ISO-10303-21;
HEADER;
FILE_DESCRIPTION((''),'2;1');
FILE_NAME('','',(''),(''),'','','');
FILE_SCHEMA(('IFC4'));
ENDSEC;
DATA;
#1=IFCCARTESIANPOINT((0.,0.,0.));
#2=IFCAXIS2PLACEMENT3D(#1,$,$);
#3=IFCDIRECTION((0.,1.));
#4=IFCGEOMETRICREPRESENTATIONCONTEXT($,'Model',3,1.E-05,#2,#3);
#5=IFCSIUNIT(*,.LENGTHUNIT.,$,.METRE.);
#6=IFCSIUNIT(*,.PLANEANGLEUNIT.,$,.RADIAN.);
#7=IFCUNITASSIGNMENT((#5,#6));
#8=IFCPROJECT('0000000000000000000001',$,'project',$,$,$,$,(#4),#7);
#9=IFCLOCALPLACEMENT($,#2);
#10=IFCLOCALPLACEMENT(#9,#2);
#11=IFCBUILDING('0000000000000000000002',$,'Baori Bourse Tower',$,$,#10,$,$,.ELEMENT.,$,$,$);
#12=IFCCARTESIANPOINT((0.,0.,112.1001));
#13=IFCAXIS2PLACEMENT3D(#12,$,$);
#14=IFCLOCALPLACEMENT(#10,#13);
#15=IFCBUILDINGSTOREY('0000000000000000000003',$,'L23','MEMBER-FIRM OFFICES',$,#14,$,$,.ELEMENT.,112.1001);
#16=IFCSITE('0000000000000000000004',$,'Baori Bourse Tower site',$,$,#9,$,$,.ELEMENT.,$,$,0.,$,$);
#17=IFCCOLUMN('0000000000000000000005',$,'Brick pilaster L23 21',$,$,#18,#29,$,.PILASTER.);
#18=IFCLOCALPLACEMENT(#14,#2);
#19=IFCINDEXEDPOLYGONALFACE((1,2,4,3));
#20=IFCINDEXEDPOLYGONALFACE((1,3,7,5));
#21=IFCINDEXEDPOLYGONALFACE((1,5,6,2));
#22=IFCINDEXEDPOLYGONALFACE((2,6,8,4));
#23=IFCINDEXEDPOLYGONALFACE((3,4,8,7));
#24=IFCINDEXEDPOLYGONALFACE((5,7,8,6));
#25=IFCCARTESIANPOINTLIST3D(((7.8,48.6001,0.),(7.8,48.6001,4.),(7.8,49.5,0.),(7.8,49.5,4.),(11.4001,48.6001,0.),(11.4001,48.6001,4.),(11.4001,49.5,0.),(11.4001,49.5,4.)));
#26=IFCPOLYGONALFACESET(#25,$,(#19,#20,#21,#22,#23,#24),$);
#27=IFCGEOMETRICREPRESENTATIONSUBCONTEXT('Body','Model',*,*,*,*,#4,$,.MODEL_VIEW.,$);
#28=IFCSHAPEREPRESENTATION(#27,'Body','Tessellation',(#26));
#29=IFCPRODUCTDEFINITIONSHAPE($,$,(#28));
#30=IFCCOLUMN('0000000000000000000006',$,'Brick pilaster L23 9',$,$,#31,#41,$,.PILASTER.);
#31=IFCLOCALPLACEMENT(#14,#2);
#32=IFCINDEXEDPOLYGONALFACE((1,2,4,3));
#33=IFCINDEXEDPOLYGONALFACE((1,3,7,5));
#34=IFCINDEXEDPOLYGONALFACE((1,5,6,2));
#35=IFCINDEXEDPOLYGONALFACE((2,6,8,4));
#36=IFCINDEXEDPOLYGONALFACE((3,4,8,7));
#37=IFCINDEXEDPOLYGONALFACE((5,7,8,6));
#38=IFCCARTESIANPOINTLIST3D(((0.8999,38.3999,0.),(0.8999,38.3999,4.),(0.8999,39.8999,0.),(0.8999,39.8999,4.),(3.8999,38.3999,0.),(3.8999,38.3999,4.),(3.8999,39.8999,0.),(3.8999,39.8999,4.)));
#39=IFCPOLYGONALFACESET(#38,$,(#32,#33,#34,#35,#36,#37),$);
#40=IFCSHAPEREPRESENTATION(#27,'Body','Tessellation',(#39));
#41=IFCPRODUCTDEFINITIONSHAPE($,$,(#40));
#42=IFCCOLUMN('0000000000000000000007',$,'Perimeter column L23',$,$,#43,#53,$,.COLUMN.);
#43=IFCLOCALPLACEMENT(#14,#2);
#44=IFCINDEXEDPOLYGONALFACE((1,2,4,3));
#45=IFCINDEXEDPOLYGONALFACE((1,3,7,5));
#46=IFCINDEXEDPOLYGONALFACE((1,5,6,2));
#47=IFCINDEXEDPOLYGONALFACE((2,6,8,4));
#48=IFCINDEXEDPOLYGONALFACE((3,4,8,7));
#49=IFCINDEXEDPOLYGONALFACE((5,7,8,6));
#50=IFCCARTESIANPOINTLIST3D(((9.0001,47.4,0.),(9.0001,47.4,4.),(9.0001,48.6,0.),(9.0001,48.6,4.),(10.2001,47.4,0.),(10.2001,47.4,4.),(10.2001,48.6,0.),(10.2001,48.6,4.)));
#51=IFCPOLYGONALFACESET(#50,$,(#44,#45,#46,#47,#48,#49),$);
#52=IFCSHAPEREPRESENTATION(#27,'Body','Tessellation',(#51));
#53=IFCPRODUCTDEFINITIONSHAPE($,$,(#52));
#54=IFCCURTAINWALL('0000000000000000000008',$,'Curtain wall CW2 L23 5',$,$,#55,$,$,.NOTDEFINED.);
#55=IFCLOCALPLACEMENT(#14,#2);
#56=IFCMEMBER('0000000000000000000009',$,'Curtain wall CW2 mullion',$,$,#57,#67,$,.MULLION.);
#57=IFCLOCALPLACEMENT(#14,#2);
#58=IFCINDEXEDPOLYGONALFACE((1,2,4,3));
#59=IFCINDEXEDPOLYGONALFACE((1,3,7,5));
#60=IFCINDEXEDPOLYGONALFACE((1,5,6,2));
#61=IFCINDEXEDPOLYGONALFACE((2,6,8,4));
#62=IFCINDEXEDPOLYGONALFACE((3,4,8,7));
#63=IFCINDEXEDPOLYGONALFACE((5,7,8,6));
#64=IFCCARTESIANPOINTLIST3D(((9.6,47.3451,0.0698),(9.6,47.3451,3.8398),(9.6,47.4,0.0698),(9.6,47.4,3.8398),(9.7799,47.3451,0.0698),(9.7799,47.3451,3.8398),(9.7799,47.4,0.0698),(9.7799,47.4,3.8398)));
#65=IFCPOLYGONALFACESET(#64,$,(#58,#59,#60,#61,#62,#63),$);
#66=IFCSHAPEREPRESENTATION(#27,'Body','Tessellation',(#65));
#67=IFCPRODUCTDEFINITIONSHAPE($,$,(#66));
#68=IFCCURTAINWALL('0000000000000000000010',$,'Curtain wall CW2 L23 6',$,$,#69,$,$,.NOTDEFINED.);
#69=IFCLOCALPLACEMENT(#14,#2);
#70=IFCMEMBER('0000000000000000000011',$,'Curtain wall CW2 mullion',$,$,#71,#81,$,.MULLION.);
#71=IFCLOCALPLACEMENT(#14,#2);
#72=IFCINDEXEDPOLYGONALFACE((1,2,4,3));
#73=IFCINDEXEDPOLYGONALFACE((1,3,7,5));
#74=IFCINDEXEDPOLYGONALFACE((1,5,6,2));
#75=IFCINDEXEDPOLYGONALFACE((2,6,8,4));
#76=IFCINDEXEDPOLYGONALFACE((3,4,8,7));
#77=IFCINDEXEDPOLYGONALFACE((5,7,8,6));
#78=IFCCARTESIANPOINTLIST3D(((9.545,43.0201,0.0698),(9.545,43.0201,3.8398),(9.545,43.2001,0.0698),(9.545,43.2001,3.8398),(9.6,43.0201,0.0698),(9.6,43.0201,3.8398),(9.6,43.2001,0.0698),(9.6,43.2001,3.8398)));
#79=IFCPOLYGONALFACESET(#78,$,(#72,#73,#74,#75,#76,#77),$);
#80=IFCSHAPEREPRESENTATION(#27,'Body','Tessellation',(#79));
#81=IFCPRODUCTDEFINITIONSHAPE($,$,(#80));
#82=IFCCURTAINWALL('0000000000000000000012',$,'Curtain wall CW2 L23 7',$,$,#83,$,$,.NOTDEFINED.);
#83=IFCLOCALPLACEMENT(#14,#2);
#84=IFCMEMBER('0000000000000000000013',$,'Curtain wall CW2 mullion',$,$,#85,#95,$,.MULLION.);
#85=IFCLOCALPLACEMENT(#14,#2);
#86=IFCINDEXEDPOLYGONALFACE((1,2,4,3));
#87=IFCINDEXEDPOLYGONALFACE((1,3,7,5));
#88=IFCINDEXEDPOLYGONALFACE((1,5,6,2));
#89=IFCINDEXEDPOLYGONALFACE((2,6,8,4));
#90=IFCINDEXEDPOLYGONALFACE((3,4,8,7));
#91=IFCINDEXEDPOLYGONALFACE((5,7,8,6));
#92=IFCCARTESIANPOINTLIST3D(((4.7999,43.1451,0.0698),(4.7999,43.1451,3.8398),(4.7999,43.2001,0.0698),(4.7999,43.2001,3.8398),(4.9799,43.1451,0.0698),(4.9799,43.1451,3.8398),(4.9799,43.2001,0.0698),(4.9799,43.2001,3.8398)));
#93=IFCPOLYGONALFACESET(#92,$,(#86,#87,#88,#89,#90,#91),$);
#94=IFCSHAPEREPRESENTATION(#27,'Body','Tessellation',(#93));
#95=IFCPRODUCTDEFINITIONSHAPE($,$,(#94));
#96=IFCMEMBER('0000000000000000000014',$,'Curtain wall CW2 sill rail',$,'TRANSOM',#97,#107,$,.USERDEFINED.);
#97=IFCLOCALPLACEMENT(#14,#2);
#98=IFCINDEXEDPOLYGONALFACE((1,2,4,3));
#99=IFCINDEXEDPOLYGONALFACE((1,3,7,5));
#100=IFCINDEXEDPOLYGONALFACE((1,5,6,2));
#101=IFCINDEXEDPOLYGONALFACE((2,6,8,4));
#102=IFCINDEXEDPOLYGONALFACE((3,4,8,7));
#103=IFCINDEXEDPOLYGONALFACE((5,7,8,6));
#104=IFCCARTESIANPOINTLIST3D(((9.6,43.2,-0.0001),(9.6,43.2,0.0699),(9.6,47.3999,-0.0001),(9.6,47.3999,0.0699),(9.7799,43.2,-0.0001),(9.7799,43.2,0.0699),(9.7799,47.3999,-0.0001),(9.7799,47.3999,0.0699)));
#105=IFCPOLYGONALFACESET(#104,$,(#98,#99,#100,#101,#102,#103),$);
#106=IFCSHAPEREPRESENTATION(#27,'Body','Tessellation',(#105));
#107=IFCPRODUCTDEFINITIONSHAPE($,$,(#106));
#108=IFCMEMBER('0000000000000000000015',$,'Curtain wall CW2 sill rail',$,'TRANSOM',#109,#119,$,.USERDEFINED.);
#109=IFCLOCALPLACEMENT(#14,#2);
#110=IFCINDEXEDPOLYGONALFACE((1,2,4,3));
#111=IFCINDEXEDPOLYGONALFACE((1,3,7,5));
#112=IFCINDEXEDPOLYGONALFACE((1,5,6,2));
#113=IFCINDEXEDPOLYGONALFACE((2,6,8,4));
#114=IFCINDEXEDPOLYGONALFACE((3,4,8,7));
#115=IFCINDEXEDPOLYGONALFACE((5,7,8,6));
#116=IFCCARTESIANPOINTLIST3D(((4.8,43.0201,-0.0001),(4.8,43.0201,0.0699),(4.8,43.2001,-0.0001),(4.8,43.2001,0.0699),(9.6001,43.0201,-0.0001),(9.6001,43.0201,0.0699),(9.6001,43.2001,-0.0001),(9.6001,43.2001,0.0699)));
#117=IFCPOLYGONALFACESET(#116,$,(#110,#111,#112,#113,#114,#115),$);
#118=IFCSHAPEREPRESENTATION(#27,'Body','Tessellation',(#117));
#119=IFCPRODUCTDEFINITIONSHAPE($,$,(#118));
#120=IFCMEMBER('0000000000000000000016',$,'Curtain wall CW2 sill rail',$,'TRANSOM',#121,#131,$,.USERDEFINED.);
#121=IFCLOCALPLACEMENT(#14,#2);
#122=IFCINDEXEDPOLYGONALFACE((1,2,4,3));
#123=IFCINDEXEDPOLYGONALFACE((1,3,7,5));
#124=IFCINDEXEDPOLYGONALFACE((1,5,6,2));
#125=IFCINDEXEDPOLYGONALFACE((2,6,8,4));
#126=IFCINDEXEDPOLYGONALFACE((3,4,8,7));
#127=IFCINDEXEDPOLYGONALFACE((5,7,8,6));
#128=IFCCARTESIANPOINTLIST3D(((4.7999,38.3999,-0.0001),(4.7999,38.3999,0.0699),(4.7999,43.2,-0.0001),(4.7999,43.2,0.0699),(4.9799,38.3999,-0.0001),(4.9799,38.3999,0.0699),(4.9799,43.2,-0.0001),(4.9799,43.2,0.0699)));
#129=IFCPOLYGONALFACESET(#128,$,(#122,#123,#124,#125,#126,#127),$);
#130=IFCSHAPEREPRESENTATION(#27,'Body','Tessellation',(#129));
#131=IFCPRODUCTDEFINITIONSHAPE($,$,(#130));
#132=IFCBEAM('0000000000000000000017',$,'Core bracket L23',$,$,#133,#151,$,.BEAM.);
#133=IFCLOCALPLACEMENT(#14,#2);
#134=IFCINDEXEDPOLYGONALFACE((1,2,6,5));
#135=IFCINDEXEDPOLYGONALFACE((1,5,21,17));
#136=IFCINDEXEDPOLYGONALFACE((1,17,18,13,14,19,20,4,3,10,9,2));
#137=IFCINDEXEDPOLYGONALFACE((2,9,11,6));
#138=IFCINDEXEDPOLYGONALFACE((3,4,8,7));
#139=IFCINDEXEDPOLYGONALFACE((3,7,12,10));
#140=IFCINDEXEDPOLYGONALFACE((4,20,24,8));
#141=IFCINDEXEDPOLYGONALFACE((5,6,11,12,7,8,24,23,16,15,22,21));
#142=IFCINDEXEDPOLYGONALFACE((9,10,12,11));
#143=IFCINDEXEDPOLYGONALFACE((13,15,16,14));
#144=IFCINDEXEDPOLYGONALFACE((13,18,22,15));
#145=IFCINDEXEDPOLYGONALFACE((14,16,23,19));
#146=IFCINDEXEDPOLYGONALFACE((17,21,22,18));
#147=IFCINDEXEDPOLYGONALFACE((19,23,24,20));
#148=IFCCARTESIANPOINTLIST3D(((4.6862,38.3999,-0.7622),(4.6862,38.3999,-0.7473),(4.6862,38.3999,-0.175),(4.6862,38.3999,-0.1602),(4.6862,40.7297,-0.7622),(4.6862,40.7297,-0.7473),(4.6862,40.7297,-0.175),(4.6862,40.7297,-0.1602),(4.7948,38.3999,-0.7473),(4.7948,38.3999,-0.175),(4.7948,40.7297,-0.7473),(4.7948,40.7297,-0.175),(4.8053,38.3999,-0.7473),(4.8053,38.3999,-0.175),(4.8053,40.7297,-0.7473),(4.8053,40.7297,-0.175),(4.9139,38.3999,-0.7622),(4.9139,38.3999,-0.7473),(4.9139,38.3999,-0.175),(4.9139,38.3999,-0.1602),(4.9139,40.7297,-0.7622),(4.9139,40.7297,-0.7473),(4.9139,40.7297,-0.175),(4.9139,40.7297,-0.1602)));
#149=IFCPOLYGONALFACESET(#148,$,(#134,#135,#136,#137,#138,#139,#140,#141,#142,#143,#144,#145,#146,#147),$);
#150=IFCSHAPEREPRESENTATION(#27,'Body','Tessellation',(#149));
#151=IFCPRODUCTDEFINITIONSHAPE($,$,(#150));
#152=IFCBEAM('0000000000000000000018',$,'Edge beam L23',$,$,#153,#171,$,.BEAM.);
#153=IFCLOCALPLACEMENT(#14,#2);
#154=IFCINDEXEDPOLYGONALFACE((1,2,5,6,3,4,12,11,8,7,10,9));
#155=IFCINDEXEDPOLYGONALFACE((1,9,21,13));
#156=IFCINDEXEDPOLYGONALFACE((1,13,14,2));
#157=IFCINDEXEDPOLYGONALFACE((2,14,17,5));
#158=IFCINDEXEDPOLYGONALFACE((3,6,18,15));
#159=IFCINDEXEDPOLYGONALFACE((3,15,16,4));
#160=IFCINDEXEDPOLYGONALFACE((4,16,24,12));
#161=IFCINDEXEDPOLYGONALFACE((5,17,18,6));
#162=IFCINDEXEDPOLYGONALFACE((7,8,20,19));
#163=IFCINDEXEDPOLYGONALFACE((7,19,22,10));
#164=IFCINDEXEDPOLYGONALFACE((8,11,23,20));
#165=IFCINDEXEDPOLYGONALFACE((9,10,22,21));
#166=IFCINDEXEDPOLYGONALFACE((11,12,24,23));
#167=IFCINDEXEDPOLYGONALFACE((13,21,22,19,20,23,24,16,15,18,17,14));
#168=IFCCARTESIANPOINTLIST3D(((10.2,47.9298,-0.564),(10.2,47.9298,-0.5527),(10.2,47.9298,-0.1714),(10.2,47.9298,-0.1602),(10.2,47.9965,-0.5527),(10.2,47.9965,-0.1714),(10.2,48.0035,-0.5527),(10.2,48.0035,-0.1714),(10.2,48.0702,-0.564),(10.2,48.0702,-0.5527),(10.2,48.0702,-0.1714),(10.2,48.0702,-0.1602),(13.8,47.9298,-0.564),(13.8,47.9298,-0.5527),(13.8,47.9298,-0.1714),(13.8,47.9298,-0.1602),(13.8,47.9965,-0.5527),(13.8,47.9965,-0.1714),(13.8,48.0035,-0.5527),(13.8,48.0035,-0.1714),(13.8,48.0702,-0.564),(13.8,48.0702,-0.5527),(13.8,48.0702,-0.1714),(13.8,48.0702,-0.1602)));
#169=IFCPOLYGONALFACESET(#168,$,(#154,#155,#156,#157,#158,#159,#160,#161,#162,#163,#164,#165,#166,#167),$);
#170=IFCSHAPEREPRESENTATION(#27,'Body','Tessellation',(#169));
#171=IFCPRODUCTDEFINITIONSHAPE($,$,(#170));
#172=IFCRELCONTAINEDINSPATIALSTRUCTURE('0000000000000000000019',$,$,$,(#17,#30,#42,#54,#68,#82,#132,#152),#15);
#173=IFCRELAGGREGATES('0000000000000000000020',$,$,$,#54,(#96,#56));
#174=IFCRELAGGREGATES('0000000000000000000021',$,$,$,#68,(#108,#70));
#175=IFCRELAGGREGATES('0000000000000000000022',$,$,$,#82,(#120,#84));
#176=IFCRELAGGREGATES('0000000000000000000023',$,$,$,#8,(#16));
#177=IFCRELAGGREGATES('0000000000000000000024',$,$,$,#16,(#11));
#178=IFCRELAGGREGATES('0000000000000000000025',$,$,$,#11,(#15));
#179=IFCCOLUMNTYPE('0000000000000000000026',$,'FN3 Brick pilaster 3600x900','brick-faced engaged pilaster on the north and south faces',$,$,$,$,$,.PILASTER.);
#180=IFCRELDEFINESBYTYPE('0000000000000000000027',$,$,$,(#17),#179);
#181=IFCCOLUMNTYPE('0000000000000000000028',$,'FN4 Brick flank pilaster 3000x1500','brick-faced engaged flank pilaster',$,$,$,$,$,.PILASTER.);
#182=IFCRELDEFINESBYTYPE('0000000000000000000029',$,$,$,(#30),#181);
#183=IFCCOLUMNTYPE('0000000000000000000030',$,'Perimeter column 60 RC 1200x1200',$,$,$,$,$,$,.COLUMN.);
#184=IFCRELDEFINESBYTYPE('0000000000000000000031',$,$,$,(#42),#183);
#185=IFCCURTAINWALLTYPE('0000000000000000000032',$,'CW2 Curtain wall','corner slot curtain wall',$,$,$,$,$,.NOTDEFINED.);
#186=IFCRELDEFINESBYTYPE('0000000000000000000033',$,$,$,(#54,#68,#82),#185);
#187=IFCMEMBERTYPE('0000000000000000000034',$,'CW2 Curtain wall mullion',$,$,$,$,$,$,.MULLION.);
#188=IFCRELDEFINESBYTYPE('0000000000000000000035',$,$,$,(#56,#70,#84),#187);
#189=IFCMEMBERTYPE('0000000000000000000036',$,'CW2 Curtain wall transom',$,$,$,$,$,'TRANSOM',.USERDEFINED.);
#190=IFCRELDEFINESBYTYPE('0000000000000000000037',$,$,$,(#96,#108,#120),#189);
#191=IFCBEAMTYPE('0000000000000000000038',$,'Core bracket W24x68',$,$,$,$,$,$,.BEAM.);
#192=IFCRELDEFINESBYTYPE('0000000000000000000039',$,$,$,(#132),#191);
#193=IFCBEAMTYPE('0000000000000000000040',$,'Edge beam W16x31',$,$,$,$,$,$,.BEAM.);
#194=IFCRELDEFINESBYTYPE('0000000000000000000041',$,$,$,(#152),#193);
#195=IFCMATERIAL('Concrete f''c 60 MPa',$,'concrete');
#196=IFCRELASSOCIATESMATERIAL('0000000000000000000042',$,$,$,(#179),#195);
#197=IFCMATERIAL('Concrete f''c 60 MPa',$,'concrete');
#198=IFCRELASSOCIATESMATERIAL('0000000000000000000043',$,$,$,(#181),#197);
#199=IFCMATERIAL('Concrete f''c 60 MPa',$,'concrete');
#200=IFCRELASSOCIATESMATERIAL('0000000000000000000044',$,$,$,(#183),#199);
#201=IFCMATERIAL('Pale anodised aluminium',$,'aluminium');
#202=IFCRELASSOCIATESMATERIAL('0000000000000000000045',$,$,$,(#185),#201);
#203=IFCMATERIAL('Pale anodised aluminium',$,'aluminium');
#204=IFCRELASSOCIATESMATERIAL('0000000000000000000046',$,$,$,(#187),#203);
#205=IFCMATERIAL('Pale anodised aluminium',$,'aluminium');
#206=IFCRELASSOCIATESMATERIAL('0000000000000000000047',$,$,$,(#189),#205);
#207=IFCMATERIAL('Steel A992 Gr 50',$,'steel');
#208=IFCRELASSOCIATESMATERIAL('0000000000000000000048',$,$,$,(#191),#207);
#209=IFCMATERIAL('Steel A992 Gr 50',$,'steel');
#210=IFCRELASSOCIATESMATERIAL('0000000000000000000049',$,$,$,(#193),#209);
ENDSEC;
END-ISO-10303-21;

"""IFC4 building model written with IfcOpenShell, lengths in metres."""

from ifc_helpers import new_model, si_unit, direction, frame, origin, origin_2d, place, context, subcontext, project, spatial, rectangle, i_section, extrude, material, material_profile, profile_set, type_object, element, aggregate, save


model = new_model("IFC4")

# Units and contexts
model_context = context("Model", 3, precision=1e-05, world=origin(), true_north=direction((0.0, 1.0)))
body_context = subcontext(model_context, "Body", "Model", "MODEL_VIEW")
ifc_project = project(units=[si_unit("LENGTHUNIT", "METRE"), si_unit("PLANEANGLEUNIT", "RADIAN")], contexts=[model_context])

# Site, building, storey
site_placement = place(None, origin())
site = spatial("IfcSite", under=ifc_project, at=site_placement, Name="Baori Bourse Tower site", CompositionType="ELEMENT", RefElevation=0.0)
building_placement = place(site_placement, origin())
building = spatial("IfcBuilding", under=site, at=building_placement, Name="Baori Bourse Tower", CompositionType="ELEMENT")
storey_placement = place(building_placement, frame((0.0, 0.0, 112.1001)))
storey = spatial("IfcBuildingStorey", under=building, at=storey_placement, Name="L23", Description="MEMBER-FIRM OFFICES", CompositionType="ELEMENT", Elevation=112.1001)

# Columns
ifc_material_1 = material(Name="Concrete f'c 60 MPa", Category="concrete")
ifc_material_profile_1 = material_profile(ifc_material_1, rectangle(XDim=3.6001, YDim=0.8999, at=origin_2d()), Name="RC 3600x900")
ifc_profile_set_1 = profile_set([ifc_material_profile_1], Name="Concrete f'c 60 MPa")
column_type_1 = type_object("IfcColumnType", Name="FN3 Brick pilaster 3600x900", Description="brick-faced engaged pilaster on the north and south faces", PredefinedType="PILASTER", material=ifc_profile_set_1)
column_1_placement = place(storey_placement, frame((9.6001, 49.05, 0.0), z_axis=(0.0, 0.0, 1.0), x_axis=(1.0, 0.0, 0.0)))
element("IfcColumn", 1, at=column_1_placement, inside=storey, type_object=column_type_1, Name="Brick pilaster L23 21", PredefinedType="PILASTER", context=body_context, shape_type="SweptSolid", body=[
    extrude(rectangle(XDim=3.6001, YDim=0.8999, at=origin_2d()), origin(), (0.0, 0.0, 1.0), 4.0),
])
ifc_material_2 = material(Name="Concrete f'c 60 MPa", Category="concrete")
ifc_material_profile_2 = material_profile(ifc_material_2, rectangle(XDim=3.0, YDim=1.5, at=origin_2d()), Name="RC 3000x1500")
ifc_profile_set_2 = profile_set([ifc_material_profile_2], Name="Concrete f'c 60 MPa")
column_type_2 = type_object("IfcColumnType", Name="FN4 Brick flank pilaster 3000x1500", Description="brick-faced engaged flank pilaster", PredefinedType="PILASTER", material=ifc_profile_set_2)
column_2_placement = place(storey_placement, frame((2.3999, 39.1499, 0.0), z_axis=(0.0, 0.0, 1.0), x_axis=(1.0, 0.0, 0.0)))
element("IfcColumn", 2, at=column_2_placement, inside=storey, type_object=column_type_2, Name="Brick pilaster L23 9", PredefinedType="PILASTER", context=body_context, shape_type="SweptSolid", body=[
    extrude(rectangle(XDim=3.0, YDim=1.5, at=origin_2d()), origin(), (0.0, 0.0, 1.0), 4.0),
])
ifc_material_3 = material(Name="Concrete f'c 60 MPa", Category="concrete")
ifc_material_profile_3 = material_profile(ifc_material_3, rectangle(XDim=1.2, YDim=1.2, at=origin_2d()), Name="RC 1200x1200")
ifc_profile_set_3 = profile_set([ifc_material_profile_3], Name="Concrete f'c 60 MPa")
column_type_3 = type_object("IfcColumnType", Name="Perimeter column 60 RC 1200x1200", PredefinedType="COLUMN", material=ifc_profile_set_3)
column_3_placement = place(storey_placement, frame((9.6001, 48.0, 0.0), z_axis=(0.0, 0.0, 1.0), x_axis=(1.0, 0.0, 0.0)))
element("IfcColumn", 3, at=column_3_placement, inside=storey, type_object=column_type_3, Name="Perimeter column L23", PredefinedType="COLUMN", context=body_context, shape_type="SweptSolid", body=[
    extrude(rectangle(XDim=1.2, YDim=1.2, at=origin_2d()), origin(), (0.0, 0.0, 1.0), 4.0),
])

# Curtain walls, members
ifc_material_4 = material(Name="Pale anodised aluminium", Category="aluminium")
curtain_wall_type_1 = type_object("IfcCurtainWallType", Name="CW2 Curtain wall", Description="corner slot curtain wall", PredefinedType="NOTDEFINED", material=ifc_material_4)
curtain_wall_1_placement = place(storey_placement, origin())
curtain_wall_1 = element("IfcCurtainWall", 4, at=curtain_wall_1_placement, inside=storey, type_object=curtain_wall_type_1, Name="Curtain wall CW2 L23 5", PredefinedType="NOTDEFINED")
ifc_material_5 = material(Name="Pale anodised aluminium", Category="aluminium")
ifc_material_profile_4 = material_profile(ifc_material_5, rectangle(XDim=0.1799, YDim=0.0549, at=origin_2d()), Name="Mullion 55x180")
ifc_profile_set_4 = profile_set([ifc_material_profile_4], Name="Pale anodised aluminium")
member_type_1 = type_object("IfcMemberType", Name="CW2 Curtain wall mullion", PredefinedType="MULLION", material=ifc_profile_set_4)
member_1_placement = place(storey_placement, frame((9.6899, 47.3726, 0.0698), z_axis=(0.0, 0.0, 1.0), x_axis=(1.0, 0.0, 0.0)))
member_1 = element("IfcMember", 5, at=member_1_placement, type_object=member_type_1, Name="Curtain wall CW2 mullion", PredefinedType="MULLION", context=body_context, shape_type="SweptSolid", body=[
    extrude(rectangle(XDim=0.1799, YDim=0.0549, at=origin_2d()), origin(), (0.0, 0.0, 1.0), 3.77),
])
curtain_wall_2_placement = place(storey_placement, origin())
curtain_wall_2 = element("IfcCurtainWall", 6, at=curtain_wall_2_placement, inside=storey, type_object=curtain_wall_type_1, Name="Curtain wall CW2 L23 6", PredefinedType="NOTDEFINED")
member_2_placement = place(storey_placement, frame((9.5725, 43.1101, 0.0698), z_axis=(0.0, 0.0, 1.0), x_axis=(0.0, -1.0, 0.0)))
member_2 = element("IfcMember", 7, at=member_2_placement, type_object=member_type_1, Name="Curtain wall CW2 mullion", PredefinedType="MULLION", context=body_context, shape_type="SweptSolid", body=[
    extrude(rectangle(XDim=0.1799, YDim=0.0549, at=origin_2d()), origin(), (0.0, 0.0, 1.0), 3.77),
])
curtain_wall_3_placement = place(storey_placement, origin())
curtain_wall_3 = element("IfcCurtainWall", 8, at=curtain_wall_3_placement, inside=storey, type_object=curtain_wall_type_1, Name="Curtain wall CW2 L23 7", PredefinedType="NOTDEFINED")
member_3_placement = place(storey_placement, frame((4.8899, 43.1726, 0.0698), z_axis=(0.0, 0.0, 1.0), x_axis=(1.0, 0.0, 0.0)))
member_3 = element("IfcMember", 9, at=member_3_placement, type_object=member_type_1, Name="Curtain wall CW2 mullion", PredefinedType="MULLION", context=body_context, shape_type="SweptSolid", body=[
    extrude(rectangle(XDim=0.1799, YDim=0.0549, at=origin_2d()), origin(), (0.0, 0.0, 1.0), 3.77),
])

# Members
ifc_material_6 = material(Name="Pale anodised aluminium", Category="aluminium")
ifc_material_profile_5 = material_profile(ifc_material_6, rectangle(XDim=0.1799, YDim=0.0701, at=origin_2d()), Name="Transom 70x180")
ifc_profile_set_5 = profile_set([ifc_material_profile_5], Name="Pale anodised aluminium")
member_type_2 = type_object("IfcMemberType", Name="CW2 Curtain wall transom", ElementType="TRANSOM", PredefinedType="USERDEFINED", material=ifc_profile_set_5)
member_4_placement = place(storey_placement, frame((9.6899, 47.3999, 0.0349), z_axis=(0.0, -1.0, 0.0), x_axis=(1.0, 0.0, 0.0)))
member_4 = element("IfcMember", 10, at=member_4_placement, type_object=member_type_2, Name="Curtain wall CW2 sill rail", ObjectType="TRANSOM", PredefinedType="USERDEFINED", context=body_context, shape_type="SweptSolid", body=[
    extrude(rectangle(XDim=0.1799, YDim=0.0701, at=origin_2d()), origin(), (0.0, 0.0, 1.0), 4.2),
])
member_5_placement = place(storey_placement, frame((9.6001, 43.1101, 0.0349), z_axis=(-1.0, 0.0, 0.0), x_axis=(0.0, -1.0, 0.0)))
member_5 = element("IfcMember", 11, at=member_5_placement, type_object=member_type_2, Name="Curtain wall CW2 sill rail", ObjectType="TRANSOM", PredefinedType="USERDEFINED", context=body_context, shape_type="SweptSolid", body=[
    extrude(rectangle(XDim=0.1799, YDim=0.0701, at=origin_2d()), origin(), (0.0, 0.0, 1.0), 4.8),
])
member_6_placement = place(storey_placement, frame((4.8899, 43.2, 0.0349), z_axis=(0.0, -1.0, 0.0), x_axis=(1.0, 0.0, 0.0)))
member_6 = element("IfcMember", 12, at=member_6_placement, type_object=member_type_2, Name="Curtain wall CW2 sill rail", ObjectType="TRANSOM", PredefinedType="USERDEFINED", context=body_context, shape_type="SweptSolid", body=[
    extrude(rectangle(XDim=0.1799, YDim=0.0701, at=origin_2d()), origin(), (0.0, 0.0, 1.0), 4.8),
])

# Beams
ifc_material_7 = material(Name="Steel A992 Gr 50", Category="steel")
ifc_material_profile_6 = material_profile(ifc_material_7, i_section(OverallWidth=0.2278, OverallDepth=0.6021, WebThickness=0.0105, FlangeThickness=0.0149, at=origin_2d()), Name="W24x68")
ifc_profile_set_6 = profile_set([ifc_material_profile_6], Name="Steel A992 Gr 50")
beam_type_1 = type_object("IfcBeamType", Name="Core bracket W24x68", PredefinedType="BEAM", material=ifc_profile_set_6)
beam_1_placement = place(storey_placement, frame((4.8, 38.3999, -0.4612), z_axis=(0.0, 1.0, 0.0), x_axis=(-1.0, 0.0, 0.0)))
element("IfcBeam", 13, at=beam_1_placement, inside=storey, type_object=beam_type_1, Name="Core bracket L23", PredefinedType="BEAM", context=body_context, shape_type="SweptSolid", body=[
    extrude(i_section(OverallWidth=0.2278, OverallDepth=0.6021, WebThickness=0.0105, FlangeThickness=0.0149, at=origin_2d()), origin(), (0.0, 0.0, 1.0), 2.3298),
])
ifc_material_8 = material(Name="Steel A992 Gr 50", Category="steel")
ifc_material_profile_7 = material_profile(ifc_material_8, i_section(OverallWidth=0.1404, OverallDepth=0.4038, WebThickness=0.0071, FlangeThickness=0.0112, at=origin_2d()), Name="W16x31")
ifc_profile_set_7 = profile_set([ifc_material_profile_7], Name="Steel A992 Gr 50")
beam_type_2 = type_object("IfcBeamType", Name="Edge beam W16x31", PredefinedType="BEAM", material=ifc_profile_set_7)
beam_2_placement = place(storey_placement, frame((10.2, 48.0, -0.3621), z_axis=(1.0, 0.0, 0.0), x_axis=(0.0, 1.0, 0.0)))
element("IfcBeam", 14, at=beam_2_placement, inside=storey, type_object=beam_type_2, Name="Edge beam L23", PredefinedType="BEAM", context=body_context, shape_type="SweptSolid", body=[
    extrude(i_section(OverallWidth=0.1404, OverallDepth=0.4038, WebThickness=0.0071, FlangeThickness=0.0112, at=origin_2d()), origin(), (0.0, 0.0, 1.0), 3.6001),
])

aggregate(curtain_wall_1, [member_4, member_1])
aggregate(curtain_wall_2, [member_5, member_2])
aggregate(curtain_wall_3, [member_6, member_3])

save(model, "model.ifc")
